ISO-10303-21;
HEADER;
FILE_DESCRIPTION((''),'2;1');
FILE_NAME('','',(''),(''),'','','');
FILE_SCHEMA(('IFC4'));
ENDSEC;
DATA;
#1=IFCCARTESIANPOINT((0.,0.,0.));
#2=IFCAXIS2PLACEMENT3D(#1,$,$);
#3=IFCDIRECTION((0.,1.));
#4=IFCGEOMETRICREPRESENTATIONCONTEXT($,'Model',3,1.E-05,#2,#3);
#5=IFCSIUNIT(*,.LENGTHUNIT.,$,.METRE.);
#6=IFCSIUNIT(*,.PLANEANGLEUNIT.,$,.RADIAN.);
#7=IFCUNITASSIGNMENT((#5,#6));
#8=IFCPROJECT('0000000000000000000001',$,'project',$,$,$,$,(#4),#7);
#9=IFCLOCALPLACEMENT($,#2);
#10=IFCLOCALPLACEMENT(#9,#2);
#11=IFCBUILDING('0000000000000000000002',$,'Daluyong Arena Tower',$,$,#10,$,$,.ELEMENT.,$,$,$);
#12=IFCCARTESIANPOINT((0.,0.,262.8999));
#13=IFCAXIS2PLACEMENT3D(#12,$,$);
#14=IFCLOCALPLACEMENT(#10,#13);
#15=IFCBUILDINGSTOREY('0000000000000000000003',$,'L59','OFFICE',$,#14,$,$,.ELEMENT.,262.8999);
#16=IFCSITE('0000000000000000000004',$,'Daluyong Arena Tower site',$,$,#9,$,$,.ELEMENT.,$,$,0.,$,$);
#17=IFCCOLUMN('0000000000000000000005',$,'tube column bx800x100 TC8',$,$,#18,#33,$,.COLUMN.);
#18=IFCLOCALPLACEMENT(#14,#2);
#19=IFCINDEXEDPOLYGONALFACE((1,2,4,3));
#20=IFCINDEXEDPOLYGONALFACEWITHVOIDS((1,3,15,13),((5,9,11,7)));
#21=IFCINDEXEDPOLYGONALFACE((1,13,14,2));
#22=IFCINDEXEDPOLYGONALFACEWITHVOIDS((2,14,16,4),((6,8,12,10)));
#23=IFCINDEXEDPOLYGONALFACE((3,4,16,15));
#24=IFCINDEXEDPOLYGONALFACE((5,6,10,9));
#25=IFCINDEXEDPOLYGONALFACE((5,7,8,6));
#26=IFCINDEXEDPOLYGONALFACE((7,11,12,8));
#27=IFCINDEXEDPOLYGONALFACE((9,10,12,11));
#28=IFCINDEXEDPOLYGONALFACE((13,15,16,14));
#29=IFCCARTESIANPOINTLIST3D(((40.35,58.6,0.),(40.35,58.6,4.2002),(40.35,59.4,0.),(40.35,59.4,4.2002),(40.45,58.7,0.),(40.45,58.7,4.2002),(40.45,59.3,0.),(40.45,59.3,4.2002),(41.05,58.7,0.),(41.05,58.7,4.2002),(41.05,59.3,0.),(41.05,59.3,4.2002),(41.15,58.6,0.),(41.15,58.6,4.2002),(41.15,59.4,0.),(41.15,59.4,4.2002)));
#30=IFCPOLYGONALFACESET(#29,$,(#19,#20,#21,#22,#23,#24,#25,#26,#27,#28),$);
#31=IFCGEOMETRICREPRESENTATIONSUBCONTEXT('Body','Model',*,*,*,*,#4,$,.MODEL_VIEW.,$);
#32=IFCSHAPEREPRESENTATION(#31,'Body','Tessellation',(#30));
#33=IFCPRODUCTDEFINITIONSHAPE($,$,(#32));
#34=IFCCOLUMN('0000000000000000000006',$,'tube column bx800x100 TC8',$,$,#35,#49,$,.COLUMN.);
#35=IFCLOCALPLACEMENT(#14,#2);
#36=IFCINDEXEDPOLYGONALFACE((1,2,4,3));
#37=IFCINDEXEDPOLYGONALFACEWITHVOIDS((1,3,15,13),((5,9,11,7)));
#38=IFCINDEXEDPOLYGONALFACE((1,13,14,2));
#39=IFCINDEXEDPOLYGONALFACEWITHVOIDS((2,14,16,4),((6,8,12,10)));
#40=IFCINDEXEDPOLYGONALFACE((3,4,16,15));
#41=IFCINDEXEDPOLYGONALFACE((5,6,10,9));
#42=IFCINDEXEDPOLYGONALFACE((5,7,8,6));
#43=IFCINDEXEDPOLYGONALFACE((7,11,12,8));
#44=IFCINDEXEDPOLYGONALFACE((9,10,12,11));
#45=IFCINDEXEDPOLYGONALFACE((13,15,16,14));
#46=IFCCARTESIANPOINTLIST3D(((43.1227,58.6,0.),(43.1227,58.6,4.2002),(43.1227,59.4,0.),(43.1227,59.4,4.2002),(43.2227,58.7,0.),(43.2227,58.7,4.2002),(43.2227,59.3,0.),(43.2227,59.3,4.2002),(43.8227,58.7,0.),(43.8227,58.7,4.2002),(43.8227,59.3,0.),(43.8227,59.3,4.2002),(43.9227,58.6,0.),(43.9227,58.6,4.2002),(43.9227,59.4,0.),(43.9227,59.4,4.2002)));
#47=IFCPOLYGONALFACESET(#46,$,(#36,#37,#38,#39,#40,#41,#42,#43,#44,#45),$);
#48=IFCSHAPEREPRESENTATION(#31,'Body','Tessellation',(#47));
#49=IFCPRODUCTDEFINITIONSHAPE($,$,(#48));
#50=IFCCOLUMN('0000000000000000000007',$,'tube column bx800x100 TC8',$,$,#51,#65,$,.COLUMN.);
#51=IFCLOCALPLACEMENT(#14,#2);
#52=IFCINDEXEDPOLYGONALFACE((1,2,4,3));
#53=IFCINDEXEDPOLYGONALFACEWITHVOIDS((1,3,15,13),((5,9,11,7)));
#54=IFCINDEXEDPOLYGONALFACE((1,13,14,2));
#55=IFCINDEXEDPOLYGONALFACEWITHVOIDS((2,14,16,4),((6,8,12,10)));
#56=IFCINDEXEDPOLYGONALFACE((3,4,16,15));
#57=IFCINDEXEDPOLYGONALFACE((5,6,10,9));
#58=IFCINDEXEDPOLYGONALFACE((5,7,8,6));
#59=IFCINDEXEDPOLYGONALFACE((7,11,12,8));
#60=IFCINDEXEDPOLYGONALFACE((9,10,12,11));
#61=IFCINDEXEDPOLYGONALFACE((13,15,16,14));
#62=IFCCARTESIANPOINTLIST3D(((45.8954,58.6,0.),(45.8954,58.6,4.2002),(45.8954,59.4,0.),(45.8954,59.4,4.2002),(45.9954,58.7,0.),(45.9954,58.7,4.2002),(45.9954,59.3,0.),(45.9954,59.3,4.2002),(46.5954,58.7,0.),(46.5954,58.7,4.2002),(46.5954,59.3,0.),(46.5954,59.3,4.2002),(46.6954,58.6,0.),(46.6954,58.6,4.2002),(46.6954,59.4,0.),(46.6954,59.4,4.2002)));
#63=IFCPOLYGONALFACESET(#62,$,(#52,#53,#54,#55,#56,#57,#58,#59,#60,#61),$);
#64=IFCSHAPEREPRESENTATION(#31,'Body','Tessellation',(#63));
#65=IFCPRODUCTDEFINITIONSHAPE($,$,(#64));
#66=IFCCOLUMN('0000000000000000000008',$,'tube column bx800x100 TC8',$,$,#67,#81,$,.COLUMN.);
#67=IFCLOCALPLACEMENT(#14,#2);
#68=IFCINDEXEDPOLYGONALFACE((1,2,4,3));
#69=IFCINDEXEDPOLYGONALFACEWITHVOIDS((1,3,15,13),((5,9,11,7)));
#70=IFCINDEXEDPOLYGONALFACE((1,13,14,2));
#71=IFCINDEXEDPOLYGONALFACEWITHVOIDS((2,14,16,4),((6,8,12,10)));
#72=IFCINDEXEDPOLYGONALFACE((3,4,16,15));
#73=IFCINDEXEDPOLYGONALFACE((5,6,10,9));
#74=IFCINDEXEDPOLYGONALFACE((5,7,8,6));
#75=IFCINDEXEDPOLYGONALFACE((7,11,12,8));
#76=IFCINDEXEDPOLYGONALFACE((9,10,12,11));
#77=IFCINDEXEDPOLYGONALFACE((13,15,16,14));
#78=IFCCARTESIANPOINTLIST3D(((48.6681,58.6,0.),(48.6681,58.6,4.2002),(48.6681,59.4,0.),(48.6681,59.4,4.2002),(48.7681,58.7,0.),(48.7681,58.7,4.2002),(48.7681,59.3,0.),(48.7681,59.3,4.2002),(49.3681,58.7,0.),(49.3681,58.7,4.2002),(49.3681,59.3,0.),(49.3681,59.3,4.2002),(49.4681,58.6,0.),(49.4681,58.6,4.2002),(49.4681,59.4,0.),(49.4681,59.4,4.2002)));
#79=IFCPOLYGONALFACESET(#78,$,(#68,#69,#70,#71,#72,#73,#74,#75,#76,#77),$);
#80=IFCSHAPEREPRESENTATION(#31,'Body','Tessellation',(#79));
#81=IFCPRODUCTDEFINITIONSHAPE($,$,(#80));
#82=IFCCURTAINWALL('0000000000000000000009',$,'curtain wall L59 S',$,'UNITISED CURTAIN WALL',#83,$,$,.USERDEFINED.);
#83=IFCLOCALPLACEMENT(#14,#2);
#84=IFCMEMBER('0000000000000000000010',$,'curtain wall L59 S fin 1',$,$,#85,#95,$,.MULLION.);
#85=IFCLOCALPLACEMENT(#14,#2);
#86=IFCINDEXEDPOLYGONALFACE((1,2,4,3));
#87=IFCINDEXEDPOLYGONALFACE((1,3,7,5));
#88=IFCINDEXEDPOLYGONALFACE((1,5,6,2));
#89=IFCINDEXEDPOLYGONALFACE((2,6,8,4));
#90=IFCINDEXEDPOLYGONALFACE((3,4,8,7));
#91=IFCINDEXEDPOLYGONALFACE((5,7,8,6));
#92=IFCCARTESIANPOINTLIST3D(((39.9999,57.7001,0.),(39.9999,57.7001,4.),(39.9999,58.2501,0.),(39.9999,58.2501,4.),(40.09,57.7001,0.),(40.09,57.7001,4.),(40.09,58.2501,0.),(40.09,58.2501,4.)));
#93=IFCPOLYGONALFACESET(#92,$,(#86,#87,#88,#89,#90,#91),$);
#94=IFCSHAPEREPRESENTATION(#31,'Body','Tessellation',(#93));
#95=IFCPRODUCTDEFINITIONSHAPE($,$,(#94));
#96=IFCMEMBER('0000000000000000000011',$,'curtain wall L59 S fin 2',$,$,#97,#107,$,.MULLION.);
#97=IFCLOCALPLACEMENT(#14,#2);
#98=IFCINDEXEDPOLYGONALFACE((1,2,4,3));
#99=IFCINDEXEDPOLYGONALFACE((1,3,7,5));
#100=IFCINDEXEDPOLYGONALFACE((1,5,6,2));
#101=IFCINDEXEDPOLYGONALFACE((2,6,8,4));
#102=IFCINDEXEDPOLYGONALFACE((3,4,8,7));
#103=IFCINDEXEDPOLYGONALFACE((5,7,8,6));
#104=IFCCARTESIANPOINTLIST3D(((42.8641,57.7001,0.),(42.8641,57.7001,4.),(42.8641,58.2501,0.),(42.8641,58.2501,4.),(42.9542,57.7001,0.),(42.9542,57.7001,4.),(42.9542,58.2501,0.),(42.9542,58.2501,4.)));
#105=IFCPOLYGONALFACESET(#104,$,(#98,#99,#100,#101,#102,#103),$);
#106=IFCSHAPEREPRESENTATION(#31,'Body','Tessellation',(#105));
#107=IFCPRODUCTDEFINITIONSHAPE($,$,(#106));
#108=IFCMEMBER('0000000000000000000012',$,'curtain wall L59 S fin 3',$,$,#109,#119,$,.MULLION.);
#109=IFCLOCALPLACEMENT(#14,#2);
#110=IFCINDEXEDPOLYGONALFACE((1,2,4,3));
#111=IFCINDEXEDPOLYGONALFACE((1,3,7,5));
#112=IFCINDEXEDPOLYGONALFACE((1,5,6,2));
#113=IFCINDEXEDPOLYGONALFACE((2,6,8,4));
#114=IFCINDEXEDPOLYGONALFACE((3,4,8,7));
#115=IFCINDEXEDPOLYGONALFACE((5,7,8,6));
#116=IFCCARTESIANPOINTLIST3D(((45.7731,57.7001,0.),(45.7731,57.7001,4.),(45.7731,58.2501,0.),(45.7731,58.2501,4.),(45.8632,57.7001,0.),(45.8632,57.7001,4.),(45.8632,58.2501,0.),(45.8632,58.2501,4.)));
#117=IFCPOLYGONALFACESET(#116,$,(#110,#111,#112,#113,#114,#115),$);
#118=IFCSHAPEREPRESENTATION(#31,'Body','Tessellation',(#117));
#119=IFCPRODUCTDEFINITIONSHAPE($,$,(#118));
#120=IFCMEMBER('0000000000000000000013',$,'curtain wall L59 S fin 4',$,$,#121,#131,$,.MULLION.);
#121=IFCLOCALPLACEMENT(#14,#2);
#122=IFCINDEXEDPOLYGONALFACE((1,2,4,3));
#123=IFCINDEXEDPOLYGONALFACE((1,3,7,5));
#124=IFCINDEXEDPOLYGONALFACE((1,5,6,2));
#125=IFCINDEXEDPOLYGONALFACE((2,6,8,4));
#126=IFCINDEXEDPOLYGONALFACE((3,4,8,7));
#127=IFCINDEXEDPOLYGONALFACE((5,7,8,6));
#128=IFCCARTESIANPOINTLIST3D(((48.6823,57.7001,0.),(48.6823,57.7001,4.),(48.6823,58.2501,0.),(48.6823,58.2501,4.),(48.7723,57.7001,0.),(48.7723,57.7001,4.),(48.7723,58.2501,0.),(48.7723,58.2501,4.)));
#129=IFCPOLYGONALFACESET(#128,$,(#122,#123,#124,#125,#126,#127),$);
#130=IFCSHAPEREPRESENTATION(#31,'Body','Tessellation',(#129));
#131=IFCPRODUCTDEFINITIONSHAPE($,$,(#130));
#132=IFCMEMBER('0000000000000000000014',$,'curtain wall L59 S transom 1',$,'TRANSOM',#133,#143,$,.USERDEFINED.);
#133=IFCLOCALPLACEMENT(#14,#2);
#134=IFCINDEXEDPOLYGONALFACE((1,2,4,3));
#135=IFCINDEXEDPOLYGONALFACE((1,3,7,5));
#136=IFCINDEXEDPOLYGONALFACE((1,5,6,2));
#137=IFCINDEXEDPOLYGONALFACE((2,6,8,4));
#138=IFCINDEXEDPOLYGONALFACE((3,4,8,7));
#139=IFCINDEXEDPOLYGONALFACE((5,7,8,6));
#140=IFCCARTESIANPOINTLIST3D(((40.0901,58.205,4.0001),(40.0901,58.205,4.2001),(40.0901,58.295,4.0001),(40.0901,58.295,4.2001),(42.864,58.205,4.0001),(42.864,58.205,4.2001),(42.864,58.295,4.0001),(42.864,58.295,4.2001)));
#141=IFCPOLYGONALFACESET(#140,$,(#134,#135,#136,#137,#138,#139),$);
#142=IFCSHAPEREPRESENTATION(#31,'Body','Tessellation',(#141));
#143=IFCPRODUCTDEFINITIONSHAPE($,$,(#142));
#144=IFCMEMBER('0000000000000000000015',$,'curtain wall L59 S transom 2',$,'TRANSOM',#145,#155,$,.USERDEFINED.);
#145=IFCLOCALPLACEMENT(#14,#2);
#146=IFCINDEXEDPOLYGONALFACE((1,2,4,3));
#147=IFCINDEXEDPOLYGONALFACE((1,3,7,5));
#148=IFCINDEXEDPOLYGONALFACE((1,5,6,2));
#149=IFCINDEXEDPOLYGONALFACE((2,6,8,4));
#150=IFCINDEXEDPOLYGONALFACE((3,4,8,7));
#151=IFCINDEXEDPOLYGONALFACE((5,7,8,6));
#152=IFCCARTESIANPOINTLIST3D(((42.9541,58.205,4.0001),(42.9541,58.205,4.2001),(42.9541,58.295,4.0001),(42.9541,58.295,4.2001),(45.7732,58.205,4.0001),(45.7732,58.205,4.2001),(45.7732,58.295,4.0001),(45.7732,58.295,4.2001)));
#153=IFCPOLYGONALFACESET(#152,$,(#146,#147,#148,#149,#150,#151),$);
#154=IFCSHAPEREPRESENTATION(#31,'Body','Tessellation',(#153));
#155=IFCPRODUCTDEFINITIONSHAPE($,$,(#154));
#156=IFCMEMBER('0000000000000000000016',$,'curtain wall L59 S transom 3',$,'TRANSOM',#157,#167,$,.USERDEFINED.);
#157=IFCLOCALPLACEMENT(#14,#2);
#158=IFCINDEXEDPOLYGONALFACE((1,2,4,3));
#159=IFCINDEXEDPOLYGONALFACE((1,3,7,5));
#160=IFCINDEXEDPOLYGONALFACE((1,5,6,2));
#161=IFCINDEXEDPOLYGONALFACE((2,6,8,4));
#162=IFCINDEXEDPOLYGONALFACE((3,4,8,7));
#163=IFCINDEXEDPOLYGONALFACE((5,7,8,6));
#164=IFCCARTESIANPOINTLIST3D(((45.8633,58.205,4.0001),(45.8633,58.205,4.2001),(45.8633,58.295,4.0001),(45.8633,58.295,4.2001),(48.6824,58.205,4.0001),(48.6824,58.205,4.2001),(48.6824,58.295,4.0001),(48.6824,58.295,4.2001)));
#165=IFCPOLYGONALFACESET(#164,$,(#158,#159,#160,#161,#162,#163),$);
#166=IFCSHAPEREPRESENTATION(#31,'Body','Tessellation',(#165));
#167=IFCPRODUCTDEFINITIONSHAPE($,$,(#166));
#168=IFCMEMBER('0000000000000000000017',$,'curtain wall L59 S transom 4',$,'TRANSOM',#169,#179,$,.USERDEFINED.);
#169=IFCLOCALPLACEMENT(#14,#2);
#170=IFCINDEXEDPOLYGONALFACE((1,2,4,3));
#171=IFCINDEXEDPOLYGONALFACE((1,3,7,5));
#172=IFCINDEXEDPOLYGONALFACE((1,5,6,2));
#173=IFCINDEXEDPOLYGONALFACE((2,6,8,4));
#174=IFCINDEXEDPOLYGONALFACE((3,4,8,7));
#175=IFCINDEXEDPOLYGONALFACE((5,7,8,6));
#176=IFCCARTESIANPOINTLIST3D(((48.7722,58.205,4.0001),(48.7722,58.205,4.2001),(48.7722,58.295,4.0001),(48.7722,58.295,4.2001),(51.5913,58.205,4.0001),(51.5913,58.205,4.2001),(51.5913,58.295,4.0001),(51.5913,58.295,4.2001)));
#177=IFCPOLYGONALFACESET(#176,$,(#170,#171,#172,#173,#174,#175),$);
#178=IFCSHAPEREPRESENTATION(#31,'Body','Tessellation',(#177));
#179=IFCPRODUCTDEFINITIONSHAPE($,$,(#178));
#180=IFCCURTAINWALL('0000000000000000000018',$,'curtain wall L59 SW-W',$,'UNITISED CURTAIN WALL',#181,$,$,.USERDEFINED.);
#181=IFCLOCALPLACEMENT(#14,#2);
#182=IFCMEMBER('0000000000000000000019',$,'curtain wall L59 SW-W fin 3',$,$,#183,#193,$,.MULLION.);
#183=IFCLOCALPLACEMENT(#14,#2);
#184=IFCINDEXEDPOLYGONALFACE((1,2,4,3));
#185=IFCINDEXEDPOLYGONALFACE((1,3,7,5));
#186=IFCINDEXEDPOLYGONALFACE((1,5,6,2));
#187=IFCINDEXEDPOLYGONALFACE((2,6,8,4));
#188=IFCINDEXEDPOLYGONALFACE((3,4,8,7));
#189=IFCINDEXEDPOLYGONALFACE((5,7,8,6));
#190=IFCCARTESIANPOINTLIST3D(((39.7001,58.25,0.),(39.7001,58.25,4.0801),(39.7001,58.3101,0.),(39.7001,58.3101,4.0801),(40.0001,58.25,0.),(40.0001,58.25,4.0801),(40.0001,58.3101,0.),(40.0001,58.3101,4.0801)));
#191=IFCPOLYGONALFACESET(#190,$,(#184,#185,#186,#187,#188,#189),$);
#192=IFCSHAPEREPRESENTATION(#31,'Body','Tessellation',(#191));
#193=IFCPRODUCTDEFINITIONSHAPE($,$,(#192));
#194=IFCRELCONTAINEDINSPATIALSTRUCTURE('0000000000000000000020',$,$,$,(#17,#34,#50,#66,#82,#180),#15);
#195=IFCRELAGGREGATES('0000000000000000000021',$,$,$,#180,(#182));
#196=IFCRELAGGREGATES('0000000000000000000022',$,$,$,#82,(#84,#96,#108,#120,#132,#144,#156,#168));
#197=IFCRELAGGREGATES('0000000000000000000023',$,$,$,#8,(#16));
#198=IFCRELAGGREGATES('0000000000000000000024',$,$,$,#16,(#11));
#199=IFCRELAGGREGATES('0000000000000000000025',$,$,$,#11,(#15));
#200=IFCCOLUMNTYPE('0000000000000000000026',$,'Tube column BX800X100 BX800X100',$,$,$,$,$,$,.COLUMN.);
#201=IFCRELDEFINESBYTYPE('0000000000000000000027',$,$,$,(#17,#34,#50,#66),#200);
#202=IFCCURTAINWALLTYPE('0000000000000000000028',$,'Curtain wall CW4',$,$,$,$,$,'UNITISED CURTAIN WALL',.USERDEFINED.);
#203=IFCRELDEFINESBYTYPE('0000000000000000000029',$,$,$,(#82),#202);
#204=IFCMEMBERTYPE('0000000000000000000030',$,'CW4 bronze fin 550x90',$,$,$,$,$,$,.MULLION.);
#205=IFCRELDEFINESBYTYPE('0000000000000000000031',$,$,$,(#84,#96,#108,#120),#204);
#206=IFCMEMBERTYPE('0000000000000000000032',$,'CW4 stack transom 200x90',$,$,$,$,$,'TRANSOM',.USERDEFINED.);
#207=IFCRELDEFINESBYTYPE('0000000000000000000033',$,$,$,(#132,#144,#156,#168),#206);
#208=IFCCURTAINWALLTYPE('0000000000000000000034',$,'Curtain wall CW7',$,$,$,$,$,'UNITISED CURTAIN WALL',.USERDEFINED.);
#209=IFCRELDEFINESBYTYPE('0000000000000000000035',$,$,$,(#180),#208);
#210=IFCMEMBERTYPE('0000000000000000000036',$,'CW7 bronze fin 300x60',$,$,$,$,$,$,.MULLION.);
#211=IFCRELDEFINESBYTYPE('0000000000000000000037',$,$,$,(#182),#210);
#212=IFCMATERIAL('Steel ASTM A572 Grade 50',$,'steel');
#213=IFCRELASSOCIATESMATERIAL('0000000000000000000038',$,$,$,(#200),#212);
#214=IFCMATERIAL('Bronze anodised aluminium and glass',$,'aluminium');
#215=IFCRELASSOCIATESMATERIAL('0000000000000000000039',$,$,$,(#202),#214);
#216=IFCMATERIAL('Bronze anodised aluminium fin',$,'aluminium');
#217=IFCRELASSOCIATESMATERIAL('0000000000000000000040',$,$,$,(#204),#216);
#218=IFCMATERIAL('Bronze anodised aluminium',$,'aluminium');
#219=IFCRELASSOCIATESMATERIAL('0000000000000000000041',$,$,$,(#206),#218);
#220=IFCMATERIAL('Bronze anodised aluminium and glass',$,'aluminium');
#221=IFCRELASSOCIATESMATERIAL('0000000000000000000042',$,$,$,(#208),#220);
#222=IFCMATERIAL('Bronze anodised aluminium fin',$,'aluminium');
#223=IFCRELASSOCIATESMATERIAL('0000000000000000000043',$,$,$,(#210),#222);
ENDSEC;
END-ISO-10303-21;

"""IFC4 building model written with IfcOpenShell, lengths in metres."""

from ifc_helpers import new_model, si_unit, direction, frame, origin, origin_2d, place, context, subcontext, project, spatial, rectangle, hollow_rectangle, extrude, material, material_profile, profile_set, type_object, element, aggregate, save


model = new_model("IFC4")

# Units and contexts
model_context = context("Model", 3, precision=1e-05, world=origin(), true_north=direction((0.0, 1.0)))
body_context = subcontext(model_context, "Body", "Model", "MODEL_VIEW")
ifc_project = project(units=[si_unit("LENGTHUNIT", "METRE"), si_unit("PLANEANGLEUNIT", "RADIAN")], contexts=[model_context])

# Site, building, storey
site_placement = place(None, origin())
site = spatial("IfcSite", under=ifc_project, at=site_placement, Name="Daluyong Arena Tower site", CompositionType="ELEMENT", RefElevation=0.0)
building_placement = place(site_placement, origin())
building = spatial("IfcBuilding", under=site, at=building_placement, Name="Daluyong Arena Tower", CompositionType="ELEMENT")
storey_placement = place(building_placement, frame((0.0, 0.0, 262.8999)))
storey = spatial("IfcBuildingStorey", under=building, at=storey_placement, Name="L59", Description="OFFICE", CompositionType="ELEMENT", Elevation=262.8999)

# Columns
ifc_material_1 = material(Name="Steel ASTM A572 Grade 50", Category="steel")
ifc_material_profile_1 = material_profile(ifc_material_1, hollow_rectangle(XDim=0.8, YDim=0.8, WallThickness=0.1, at=origin_2d()))
ifc_profile_set_1 = profile_set([ifc_material_profile_1], Name="Steel ASTM A572 Grade 50")
column_type = type_object("IfcColumnType", Name="Tube column BX800X100 BX800X100", PredefinedType="COLUMN", material=ifc_profile_set_1)
for number, where, z_axis, x_axis, name in (
    (1, (40.75, 59.0, 0.0), (0.0, 0.0, 1.0), (1.0, 0.0, 0.0), "tube column bx800x100 TC8"),
    (2, (43.5227, 59.0, 0.0), (0.0, 0.0, 1.0), (1.0, 0.0, 0.0), "tube column bx800x100 TC8"),
    (3, (46.2954, 59.0, 0.0), (0.0, 0.0, 1.0), (1.0, 0.0, 0.0), "tube column bx800x100 TC8"),
    (4, (49.0681, 59.0, 0.0), (0.0, 0.0, 1.0), (1.0, 0.0, 0.0), "tube column bx800x100 TC8"),
):
    element("IfcColumn", number, at=place(storey_placement, frame(where, z_axis=z_axis, x_axis=x_axis)), inside=storey, type_object=column_type, Name=name, PredefinedType="COLUMN", context=body_context, shape_type="SweptSolid", body=[
        extrude(hollow_rectangle(XDim=0.8, YDim=0.8, WallThickness=0.1, at=origin_2d()), origin(), (0.0, 0.0, 1.0), 4.2002),
    ])

# Curtain wall, members
ifc_material_2 = material(Name="Bronze anodised aluminium and glass", Category="aluminium")
curtain_wall_type_1 = type_object("IfcCurtainWallType", Name="Curtain wall CW4", ElementType="UNITISED CURTAIN WALL", PredefinedType="USERDEFINED", material=ifc_material_2)
curtain_wall_1_placement = place(storey_placement, origin())
curtain_wall_1 = element("IfcCurtainWall", 5, at=curtain_wall_1_placement, inside=storey, type_object=curtain_wall_type_1, Name="curtain wall L59 S", ObjectType="UNITISED CURTAIN WALL", PredefinedType="USERDEFINED")
ifc_material_3 = material(Name="Bronze anodised aluminium fin", Category="aluminium")
ifc_material_profile_2 = material_profile(ifc_material_3, rectangle(XDim=0.55, YDim=0.0901, at=origin_2d()))
ifc_profile_set_2 = profile_set([ifc_material_profile_2], Name="Bronze anodised aluminium fin")
member_type_1 = type_object("IfcMemberType", Name="CW4 bronze fin 550x90", PredefinedType="MULLION", material=ifc_profile_set_2)
member_1_placement = place(storey_placement, frame((40.0449, 57.9751, 0.0), z_axis=(0.0, 0.0, 1.0), x_axis=(0.0, 1.0, 0.0)))
member_1 = element("IfcMember", 6, at=member_1_placement, type_object=member_type_1, Name="curtain wall L59 S fin 1", PredefinedType="MULLION", context=body_context, shape_type="SweptSolid", body=[
    extrude(rectangle(XDim=0.55, YDim=0.0901, at=origin_2d()), origin(), (0.0, 0.0, 1.0), 4.0),
])
member_2_placement = place(storey_placement, frame((42.9092, 57.9751, 0.0), z_axis=(0.0, 0.0, 1.0), x_axis=(0.0, 1.0, 0.0)))
member_2 = element("IfcMember", 7, at=member_2_placement, type_object=member_type_1, Name="curtain wall L59 S fin 2", PredefinedType="MULLION", context=body_context, shape_type="SweptSolid", body=[
    extrude(rectangle(XDim=0.55, YDim=0.0901, at=origin_2d()), origin(), (0.0, 0.0, 1.0), 4.0),
])
member_3_placement = place(storey_placement, frame((45.8181, 57.9751, 0.0), z_axis=(0.0, 0.0, 1.0), x_axis=(0.0, 1.0, 0.0)))
member_3 = element("IfcMember", 8, at=member_3_placement, type_object=member_type_1, Name="curtain wall L59 S fin 3", PredefinedType="MULLION", context=body_context, shape_type="SweptSolid", body=[
    extrude(rectangle(XDim=0.55, YDim=0.0901, at=origin_2d()), origin(), (0.0, 0.0, 1.0), 4.0),
])
member_4_placement = place(storey_placement, frame((48.7273, 57.9751, 0.0), z_axis=(0.0, 0.0, 1.0), x_axis=(0.0, 1.0, 0.0)))
member_4 = element("IfcMember", 9, at=member_4_placement, type_object=member_type_1, Name="curtain wall L59 S fin 4", PredefinedType="MULLION", context=body_context, shape_type="SweptSolid", body=[
    extrude(rectangle(XDim=0.55, YDim=0.0901, at=origin_2d()), origin(), (0.0, 0.0, 1.0), 4.0),
])
ifc_material_4 = material(Name="Bronze anodised aluminium", Category="aluminium")
ifc_material_profile_3 = material_profile(ifc_material_4, rectangle(XDim=0.0901, YDim=0.2, at=origin_2d()))
ifc_profile_set_3 = profile_set([ifc_material_profile_3], Name="Bronze anodised aluminium")
member_type_2 = type_object("IfcMemberType", Name="CW4 stack transom 200x90", ElementType="TRANSOM", PredefinedType="USERDEFINED", material=ifc_profile_set_3)
member_5_placement = place(storey_placement, frame((40.0901, 58.25, 4.1001), z_axis=(1.0, 0.0, 0.0), x_axis=(0.0, 1.0, 0.0)))
member_5 = element("IfcMember", 10, at=member_5_placement, type_object=member_type_2, Name="curtain wall L59 S transom 1", ObjectType="TRANSOM", PredefinedType="USERDEFINED", context=body_context, shape_type="SweptSolid", body=[
    extrude(rectangle(XDim=0.0901, YDim=0.2, at=origin_2d()), origin(), (0.0, 0.0, 1.0), 2.7739),
])
member_6_placement = place(storey_placement, frame((42.9541, 58.25, 4.1001), z_axis=(1.0, 0.0, 0.0), x_axis=(0.0, 1.0, 0.0)))
member_6 = element("IfcMember", 11, at=member_6_placement, type_object=member_type_2, Name="curtain wall L59 S transom 2", ObjectType="TRANSOM", PredefinedType="USERDEFINED", context=body_context, shape_type="SweptSolid", body=[
    extrude(rectangle(XDim=0.0901, YDim=0.2, at=origin_2d()), origin(), (0.0, 0.0, 1.0), 2.8191),
])
member_7_placement = place(storey_placement, frame((45.8633, 58.25, 4.1001), z_axis=(1.0, 0.0, 0.0), x_axis=(0.0, 1.0, 0.0)))
member_7 = element("IfcMember", 12, at=member_7_placement, type_object=member_type_2, Name="curtain wall L59 S transom 3", ObjectType="TRANSOM", PredefinedType="USERDEFINED", context=body_context, shape_type="SweptSolid", body=[
    extrude(rectangle(XDim=0.0901, YDim=0.2, at=origin_2d()), origin(), (0.0, 0.0, 1.0), 2.8191),
])
member_8_placement = place(storey_placement, frame((48.7722, 58.25, 4.1001), z_axis=(1.0, 0.0, 0.0), x_axis=(0.0, 1.0, 0.0)))
member_8 = element("IfcMember", 13, at=member_8_placement, type_object=member_type_2, Name="curtain wall L59 S transom 4", ObjectType="TRANSOM", PredefinedType="USERDEFINED", context=body_context, shape_type="SweptSolid", body=[
    extrude(rectangle(XDim=0.0901, YDim=0.2, at=origin_2d()), origin(), (0.0, 0.0, 1.0), 2.8191),
])

# Curtain wall, member
ifc_material_5 = material(Name="Bronze anodised aluminium and glass", Category="aluminium")
curtain_wall_type_2 = type_object("IfcCurtainWallType", Name="Curtain wall CW7", ElementType="UNITISED CURTAIN WALL", PredefinedType="USERDEFINED", material=ifc_material_5)
curtain_wall_2_placement = place(storey_placement, origin())
curtain_wall_2 = element("IfcCurtainWall", 14, at=curtain_wall_2_placement, inside=storey, type_object=curtain_wall_type_2, Name="curtain wall L59 SW-W", ObjectType="UNITISED CURTAIN WALL", PredefinedType="USERDEFINED")
ifc_material_6 = material(Name="Bronze anodised aluminium fin", Category="aluminium")
ifc_material_profile_4 = material_profile(ifc_material_6, rectangle(XDim=0.3, YDim=0.0601, at=origin_2d()))
ifc_profile_set_4 = profile_set([ifc_material_profile_4], Name="Bronze anodised aluminium fin")
member_type_3 = type_object("IfcMemberType", Name="CW7 bronze fin 300x60", PredefinedType="MULLION", material=ifc_profile_set_4)
member_9_placement = place(storey_placement, frame((39.8501, 58.28, 0.0), z_axis=(0.0, 0.0, 1.0), x_axis=(1.0, 0.0, 0.0)))
member_9 = element("IfcMember", 15, at=member_9_placement, type_object=member_type_3, Name="curtain wall L59 SW-W fin 3", PredefinedType="MULLION", context=body_context, shape_type="SweptSolid", body=[
    extrude(rectangle(XDim=0.3, YDim=0.0601, at=origin_2d()), origin(), (0.0, 0.0, 1.0), 4.0801),
])
aggregate(curtain_wall_2, [member_9])

aggregate(curtain_wall_1, [member_1, member_2, member_3, member_4, member_5, member_6, member_7, member_8])

save(model, "model.ifc")
